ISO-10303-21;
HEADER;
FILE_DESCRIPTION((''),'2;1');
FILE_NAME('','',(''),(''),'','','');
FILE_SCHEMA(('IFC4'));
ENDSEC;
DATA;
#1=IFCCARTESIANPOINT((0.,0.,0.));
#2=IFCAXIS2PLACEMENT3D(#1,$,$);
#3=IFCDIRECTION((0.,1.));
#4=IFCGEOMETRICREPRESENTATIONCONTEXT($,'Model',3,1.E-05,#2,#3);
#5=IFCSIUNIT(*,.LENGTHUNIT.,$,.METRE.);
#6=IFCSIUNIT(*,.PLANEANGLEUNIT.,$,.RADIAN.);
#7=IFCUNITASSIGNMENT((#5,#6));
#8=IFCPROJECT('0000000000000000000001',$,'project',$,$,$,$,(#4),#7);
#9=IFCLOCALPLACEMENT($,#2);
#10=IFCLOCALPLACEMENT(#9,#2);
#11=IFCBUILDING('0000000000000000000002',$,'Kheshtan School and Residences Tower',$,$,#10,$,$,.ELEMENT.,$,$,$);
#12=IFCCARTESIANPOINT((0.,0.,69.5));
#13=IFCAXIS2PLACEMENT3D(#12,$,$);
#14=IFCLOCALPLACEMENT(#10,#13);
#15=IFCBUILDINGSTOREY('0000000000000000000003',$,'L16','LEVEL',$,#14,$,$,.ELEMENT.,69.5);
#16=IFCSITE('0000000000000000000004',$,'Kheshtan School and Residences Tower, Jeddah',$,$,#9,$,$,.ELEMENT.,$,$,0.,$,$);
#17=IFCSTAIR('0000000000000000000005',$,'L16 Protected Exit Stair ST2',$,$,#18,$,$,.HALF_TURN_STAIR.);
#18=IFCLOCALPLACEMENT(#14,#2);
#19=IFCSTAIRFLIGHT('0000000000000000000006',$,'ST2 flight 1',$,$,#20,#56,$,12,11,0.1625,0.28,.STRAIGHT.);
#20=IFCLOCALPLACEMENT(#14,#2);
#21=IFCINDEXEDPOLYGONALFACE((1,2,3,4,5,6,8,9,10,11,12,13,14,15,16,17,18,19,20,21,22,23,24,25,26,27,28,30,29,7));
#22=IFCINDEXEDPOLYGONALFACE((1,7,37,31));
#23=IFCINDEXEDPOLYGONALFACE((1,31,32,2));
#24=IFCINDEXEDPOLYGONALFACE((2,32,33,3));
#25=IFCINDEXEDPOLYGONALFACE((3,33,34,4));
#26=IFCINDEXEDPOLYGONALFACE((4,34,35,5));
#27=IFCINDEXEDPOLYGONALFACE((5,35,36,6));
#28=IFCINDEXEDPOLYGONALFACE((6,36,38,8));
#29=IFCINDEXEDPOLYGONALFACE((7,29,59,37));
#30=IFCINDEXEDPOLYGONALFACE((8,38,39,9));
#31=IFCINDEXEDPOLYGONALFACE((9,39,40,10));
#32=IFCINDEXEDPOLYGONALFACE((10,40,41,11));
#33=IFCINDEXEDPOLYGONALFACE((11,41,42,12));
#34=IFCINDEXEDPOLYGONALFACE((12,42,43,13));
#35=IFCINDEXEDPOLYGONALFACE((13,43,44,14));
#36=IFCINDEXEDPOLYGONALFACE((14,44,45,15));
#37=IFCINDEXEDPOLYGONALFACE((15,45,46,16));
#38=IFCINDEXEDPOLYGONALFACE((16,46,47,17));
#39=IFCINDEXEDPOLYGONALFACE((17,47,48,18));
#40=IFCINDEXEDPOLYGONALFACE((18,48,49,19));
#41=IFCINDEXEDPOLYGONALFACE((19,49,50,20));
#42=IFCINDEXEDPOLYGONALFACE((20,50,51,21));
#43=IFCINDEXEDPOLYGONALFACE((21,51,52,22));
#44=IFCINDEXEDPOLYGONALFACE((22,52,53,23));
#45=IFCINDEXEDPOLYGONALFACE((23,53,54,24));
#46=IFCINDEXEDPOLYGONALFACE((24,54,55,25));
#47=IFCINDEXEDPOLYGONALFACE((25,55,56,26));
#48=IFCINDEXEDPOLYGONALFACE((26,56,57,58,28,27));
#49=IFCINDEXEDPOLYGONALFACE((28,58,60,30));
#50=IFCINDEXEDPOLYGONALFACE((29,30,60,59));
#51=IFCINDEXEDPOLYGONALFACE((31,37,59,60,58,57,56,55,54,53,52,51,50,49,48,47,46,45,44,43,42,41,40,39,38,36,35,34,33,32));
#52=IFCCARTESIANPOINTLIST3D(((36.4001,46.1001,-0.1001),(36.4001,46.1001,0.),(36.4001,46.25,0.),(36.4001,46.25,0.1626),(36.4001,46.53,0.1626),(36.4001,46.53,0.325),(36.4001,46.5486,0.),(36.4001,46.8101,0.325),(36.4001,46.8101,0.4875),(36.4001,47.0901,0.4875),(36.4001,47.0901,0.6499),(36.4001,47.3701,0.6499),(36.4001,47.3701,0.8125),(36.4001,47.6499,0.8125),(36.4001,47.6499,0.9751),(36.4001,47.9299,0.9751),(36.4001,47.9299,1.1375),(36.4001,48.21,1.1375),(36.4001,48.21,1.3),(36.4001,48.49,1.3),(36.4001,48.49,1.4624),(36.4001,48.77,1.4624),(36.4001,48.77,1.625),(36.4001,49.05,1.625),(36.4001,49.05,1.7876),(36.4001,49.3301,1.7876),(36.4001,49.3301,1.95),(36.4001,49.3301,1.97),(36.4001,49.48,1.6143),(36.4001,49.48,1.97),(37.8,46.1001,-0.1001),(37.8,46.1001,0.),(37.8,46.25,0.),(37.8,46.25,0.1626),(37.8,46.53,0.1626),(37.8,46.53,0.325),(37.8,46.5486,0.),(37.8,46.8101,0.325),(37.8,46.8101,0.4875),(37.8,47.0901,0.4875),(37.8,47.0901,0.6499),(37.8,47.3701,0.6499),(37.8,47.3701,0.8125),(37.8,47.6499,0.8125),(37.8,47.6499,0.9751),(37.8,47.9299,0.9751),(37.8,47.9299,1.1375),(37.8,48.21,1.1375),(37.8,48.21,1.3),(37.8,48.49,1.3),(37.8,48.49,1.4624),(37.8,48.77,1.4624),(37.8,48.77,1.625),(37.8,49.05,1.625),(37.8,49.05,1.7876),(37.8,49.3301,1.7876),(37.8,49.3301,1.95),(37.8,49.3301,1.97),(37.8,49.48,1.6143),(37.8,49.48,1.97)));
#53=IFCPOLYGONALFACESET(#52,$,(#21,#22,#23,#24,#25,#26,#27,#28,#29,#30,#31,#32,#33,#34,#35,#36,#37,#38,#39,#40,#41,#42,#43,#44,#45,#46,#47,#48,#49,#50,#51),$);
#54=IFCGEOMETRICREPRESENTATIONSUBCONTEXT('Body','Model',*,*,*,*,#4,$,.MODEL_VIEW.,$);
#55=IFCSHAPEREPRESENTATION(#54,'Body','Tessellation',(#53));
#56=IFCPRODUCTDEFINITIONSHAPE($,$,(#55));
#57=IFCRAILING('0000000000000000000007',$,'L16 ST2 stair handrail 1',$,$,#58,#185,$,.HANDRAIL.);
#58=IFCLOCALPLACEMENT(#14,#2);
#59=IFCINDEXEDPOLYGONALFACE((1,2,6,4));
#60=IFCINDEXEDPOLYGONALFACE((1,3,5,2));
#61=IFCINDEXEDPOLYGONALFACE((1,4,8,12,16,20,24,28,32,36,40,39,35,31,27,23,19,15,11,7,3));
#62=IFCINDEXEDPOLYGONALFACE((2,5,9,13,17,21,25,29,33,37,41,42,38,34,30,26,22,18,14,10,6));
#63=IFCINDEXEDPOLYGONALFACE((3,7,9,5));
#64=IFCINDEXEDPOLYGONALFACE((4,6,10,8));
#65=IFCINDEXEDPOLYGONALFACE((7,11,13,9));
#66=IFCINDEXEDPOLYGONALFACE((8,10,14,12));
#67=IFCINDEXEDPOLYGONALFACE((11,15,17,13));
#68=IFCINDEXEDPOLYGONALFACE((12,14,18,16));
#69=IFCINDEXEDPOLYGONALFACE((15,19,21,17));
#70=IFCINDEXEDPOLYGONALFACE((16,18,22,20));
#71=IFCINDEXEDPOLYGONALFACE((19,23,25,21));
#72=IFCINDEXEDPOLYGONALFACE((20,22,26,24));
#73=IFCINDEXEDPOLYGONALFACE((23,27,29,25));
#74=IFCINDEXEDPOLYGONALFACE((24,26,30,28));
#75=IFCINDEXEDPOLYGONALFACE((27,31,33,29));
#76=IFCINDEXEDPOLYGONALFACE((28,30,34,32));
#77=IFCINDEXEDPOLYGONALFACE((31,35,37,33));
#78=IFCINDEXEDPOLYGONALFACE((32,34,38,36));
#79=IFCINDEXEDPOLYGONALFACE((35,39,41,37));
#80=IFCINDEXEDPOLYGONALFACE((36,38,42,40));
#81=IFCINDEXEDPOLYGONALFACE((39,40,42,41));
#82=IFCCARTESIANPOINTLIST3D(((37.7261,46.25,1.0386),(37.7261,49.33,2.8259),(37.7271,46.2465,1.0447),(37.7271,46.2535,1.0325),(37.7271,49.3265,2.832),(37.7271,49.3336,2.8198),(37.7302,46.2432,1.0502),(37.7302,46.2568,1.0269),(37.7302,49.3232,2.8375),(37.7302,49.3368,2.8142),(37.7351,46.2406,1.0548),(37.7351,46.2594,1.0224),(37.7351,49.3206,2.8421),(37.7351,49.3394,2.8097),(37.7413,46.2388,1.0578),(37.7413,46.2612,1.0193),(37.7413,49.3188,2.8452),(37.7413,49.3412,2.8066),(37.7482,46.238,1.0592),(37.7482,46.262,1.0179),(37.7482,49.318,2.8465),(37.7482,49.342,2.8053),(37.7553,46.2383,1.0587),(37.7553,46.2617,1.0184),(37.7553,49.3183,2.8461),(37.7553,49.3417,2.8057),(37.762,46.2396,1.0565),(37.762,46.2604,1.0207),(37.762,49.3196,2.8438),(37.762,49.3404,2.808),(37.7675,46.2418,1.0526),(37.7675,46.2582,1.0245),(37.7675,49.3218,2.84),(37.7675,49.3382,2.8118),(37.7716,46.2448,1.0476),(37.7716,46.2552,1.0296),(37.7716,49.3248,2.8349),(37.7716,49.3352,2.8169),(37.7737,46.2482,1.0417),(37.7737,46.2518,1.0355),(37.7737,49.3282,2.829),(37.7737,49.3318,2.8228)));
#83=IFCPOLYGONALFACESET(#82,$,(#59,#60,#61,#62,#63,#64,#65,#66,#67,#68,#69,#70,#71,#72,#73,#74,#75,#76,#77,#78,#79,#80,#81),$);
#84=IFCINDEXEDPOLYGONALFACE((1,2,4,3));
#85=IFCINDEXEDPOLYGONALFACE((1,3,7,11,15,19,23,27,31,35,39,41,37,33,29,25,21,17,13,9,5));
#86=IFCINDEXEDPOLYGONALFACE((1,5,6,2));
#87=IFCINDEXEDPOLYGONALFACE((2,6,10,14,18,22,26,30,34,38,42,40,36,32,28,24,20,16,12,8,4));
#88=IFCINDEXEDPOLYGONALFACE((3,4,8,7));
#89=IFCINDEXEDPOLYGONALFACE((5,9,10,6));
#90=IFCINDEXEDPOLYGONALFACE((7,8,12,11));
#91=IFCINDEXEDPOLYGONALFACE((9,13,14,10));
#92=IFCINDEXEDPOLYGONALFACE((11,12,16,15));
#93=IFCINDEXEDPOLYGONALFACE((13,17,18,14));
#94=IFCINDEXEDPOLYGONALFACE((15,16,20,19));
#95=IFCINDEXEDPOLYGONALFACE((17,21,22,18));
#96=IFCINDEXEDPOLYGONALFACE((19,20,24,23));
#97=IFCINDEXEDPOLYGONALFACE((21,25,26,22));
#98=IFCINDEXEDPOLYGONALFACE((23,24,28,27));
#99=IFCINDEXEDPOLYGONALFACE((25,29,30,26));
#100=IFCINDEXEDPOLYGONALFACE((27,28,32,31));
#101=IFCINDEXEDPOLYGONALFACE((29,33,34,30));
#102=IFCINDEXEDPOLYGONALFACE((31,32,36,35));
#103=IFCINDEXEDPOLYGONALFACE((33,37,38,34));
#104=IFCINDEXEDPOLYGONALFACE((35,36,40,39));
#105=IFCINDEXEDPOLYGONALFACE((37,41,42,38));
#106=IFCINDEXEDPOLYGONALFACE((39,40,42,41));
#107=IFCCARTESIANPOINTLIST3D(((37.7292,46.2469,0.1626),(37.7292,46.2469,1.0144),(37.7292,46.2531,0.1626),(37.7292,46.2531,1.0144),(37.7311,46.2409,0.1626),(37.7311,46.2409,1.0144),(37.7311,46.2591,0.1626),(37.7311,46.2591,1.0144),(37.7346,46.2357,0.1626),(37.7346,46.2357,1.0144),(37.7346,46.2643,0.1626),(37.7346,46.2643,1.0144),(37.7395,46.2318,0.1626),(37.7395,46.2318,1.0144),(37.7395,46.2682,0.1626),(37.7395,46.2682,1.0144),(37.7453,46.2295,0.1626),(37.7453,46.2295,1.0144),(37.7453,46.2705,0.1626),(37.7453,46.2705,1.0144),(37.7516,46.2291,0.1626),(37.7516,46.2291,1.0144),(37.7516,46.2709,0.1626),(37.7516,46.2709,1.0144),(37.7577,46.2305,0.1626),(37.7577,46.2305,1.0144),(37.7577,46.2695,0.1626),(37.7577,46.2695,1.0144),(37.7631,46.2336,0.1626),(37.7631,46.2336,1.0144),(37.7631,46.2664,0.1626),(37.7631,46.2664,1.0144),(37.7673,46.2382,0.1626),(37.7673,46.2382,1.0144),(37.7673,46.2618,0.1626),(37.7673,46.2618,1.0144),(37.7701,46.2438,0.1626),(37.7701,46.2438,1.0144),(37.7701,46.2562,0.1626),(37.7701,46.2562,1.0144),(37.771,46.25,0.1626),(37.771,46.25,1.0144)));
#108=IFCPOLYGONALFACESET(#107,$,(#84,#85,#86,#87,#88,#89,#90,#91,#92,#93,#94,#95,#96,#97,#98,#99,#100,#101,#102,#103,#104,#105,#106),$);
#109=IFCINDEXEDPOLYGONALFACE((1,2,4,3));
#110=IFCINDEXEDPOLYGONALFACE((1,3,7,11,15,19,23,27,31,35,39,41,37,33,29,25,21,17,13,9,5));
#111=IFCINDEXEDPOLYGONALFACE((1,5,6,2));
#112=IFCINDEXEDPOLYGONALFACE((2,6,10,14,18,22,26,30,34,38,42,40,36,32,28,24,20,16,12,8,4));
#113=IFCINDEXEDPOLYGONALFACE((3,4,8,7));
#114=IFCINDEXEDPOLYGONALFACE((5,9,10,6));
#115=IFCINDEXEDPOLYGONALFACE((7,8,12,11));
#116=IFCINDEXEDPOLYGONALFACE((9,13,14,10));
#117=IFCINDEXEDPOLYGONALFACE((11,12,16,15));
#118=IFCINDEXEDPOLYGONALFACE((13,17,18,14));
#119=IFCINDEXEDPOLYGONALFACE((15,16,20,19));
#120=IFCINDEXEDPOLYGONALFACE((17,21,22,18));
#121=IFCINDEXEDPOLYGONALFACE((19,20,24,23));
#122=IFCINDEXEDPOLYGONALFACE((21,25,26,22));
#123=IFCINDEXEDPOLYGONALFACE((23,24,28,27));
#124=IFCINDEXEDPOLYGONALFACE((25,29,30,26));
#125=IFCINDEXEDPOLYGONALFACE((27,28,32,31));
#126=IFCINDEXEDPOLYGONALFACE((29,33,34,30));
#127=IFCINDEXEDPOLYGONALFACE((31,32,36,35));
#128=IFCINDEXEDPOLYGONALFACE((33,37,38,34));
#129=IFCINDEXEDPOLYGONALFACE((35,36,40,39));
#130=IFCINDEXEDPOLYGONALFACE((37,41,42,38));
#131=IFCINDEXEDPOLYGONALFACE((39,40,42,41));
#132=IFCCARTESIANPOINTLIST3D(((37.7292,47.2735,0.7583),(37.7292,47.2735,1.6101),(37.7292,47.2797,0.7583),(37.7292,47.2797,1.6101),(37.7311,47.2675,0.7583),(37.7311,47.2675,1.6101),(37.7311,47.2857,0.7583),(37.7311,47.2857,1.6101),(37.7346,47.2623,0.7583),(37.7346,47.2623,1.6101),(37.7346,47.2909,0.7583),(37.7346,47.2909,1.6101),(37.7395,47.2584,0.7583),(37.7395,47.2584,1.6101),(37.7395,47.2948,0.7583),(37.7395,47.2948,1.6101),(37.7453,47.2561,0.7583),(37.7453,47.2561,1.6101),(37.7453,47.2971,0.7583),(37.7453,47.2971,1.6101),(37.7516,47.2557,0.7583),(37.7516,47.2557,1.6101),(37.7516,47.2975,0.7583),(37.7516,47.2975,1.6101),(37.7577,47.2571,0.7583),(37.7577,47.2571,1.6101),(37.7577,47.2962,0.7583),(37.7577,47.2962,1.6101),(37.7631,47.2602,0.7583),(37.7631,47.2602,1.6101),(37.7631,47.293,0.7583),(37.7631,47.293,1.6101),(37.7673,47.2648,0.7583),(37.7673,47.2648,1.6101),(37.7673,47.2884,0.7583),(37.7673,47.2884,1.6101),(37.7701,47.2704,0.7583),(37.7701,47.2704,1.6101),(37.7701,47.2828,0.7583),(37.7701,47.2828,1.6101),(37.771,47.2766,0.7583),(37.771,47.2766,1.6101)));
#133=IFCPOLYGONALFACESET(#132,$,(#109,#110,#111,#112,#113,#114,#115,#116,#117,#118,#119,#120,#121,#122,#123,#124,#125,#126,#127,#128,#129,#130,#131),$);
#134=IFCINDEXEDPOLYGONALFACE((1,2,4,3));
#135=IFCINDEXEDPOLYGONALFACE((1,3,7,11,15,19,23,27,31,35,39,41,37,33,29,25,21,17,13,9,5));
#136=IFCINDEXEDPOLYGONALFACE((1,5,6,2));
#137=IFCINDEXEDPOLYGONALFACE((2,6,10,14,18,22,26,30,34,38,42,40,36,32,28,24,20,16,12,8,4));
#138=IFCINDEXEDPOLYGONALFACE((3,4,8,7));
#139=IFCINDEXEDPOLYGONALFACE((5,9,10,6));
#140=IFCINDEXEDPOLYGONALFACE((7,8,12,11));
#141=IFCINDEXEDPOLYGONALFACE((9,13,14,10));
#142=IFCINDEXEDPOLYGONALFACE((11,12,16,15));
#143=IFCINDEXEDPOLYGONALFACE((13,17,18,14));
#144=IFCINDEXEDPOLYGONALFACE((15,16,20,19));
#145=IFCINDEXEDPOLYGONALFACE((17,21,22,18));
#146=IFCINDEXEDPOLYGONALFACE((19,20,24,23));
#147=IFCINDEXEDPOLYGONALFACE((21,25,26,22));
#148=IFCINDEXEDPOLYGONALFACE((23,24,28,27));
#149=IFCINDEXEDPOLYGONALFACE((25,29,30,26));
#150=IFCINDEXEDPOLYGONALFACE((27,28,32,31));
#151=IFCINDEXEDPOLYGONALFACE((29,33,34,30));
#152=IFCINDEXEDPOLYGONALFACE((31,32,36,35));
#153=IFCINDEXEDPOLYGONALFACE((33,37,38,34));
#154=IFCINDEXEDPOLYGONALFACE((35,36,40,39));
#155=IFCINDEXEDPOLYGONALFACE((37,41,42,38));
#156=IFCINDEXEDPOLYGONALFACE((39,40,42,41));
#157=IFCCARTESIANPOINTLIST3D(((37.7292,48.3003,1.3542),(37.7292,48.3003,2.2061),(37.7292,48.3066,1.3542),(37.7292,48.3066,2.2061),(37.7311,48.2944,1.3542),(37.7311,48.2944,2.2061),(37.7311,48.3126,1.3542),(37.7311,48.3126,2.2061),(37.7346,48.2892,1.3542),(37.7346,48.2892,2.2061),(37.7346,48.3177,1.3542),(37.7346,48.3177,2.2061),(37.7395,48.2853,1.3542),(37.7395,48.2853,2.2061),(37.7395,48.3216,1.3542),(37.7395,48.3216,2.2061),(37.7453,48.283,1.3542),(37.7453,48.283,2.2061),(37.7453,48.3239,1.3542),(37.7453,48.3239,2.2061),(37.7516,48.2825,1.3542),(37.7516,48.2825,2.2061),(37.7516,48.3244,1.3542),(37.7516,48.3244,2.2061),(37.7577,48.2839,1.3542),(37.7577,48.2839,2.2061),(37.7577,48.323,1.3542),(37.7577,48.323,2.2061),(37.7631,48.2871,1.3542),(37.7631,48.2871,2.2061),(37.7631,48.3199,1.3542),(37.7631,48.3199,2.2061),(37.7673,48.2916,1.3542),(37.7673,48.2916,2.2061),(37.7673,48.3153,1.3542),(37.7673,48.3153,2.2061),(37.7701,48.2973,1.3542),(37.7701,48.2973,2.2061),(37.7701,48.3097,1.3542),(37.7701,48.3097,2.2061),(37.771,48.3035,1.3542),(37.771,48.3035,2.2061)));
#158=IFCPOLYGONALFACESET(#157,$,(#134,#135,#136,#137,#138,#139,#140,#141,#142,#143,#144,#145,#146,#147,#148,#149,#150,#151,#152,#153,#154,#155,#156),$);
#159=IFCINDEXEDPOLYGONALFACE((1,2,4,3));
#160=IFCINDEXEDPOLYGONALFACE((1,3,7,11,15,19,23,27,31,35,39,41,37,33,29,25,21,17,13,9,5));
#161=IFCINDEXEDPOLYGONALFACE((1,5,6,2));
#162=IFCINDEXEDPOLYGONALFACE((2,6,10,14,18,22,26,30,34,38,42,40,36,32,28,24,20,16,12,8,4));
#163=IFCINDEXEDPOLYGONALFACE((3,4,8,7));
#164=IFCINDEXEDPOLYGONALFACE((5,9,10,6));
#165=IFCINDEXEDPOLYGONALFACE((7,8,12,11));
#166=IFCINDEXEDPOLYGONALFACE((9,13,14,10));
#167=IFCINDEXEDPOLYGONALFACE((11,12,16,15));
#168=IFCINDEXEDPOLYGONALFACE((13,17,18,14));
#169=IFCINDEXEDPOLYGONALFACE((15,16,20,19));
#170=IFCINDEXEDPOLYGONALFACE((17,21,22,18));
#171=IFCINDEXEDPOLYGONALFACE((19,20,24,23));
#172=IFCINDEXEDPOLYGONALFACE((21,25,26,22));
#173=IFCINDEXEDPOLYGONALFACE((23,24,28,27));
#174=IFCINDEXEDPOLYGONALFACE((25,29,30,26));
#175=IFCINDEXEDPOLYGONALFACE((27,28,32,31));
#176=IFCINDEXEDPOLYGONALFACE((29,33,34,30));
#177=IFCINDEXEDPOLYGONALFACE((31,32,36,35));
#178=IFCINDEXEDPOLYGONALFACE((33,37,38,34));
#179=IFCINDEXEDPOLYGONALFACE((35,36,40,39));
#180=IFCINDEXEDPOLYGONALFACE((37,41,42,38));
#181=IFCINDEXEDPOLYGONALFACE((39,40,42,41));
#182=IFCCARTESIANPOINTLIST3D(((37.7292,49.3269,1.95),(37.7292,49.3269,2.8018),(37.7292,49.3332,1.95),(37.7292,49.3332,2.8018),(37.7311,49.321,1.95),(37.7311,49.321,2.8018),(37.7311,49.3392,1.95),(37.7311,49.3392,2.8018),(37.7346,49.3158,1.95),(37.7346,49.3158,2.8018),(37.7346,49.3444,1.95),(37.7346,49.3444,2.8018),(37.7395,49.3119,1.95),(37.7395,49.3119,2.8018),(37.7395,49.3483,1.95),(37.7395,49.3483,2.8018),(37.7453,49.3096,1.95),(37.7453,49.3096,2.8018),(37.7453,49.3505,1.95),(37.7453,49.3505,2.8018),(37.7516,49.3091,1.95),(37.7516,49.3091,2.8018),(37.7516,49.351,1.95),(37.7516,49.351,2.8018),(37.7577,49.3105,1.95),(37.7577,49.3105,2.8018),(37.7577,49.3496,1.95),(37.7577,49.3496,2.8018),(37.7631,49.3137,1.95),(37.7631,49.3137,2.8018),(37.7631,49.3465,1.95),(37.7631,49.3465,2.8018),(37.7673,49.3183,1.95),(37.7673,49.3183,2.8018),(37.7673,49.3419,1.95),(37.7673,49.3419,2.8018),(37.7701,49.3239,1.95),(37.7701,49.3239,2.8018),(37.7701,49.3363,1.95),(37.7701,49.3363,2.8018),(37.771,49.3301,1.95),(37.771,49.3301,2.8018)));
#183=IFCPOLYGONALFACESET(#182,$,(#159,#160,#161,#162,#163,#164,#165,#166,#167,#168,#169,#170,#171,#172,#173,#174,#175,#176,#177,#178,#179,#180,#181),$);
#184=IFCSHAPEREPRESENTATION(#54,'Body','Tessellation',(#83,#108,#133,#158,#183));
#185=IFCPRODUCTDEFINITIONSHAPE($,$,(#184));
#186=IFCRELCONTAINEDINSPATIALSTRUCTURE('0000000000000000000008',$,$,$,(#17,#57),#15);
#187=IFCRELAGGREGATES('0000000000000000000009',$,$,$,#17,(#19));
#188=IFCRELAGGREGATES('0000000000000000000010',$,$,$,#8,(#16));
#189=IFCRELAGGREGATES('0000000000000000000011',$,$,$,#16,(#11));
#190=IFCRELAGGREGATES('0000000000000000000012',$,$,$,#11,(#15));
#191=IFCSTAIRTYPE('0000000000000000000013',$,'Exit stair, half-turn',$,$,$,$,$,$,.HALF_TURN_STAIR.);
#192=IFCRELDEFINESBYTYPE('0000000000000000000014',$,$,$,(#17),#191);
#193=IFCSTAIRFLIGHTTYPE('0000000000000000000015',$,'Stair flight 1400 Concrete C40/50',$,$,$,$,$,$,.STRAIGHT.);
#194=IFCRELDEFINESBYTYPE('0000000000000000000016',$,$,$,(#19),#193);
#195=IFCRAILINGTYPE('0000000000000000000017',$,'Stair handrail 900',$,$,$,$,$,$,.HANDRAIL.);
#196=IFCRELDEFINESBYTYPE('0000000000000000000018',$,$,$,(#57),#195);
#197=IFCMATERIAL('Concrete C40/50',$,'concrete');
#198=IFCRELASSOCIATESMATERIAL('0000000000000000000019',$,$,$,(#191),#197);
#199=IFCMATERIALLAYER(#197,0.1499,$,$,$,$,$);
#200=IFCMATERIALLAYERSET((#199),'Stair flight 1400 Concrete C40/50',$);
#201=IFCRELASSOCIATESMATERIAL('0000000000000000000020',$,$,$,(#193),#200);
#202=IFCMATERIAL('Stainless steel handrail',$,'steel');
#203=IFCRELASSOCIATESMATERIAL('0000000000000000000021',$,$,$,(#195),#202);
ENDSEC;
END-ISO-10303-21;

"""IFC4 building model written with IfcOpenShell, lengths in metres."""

from ifc_helpers import new_model, si_unit, direction, frame, origin, origin_2d, place, context, subcontext, project, spatial, polyline, circle, outline, extrude, material, layer, layer_set, type_object, element, aggregate, save


model = new_model("IFC4")

# Units and contexts
model_context = context("Model", 3, precision=1e-05, world=origin(), true_north=direction((0.0, 1.0)))
body_context = subcontext(model_context, "Body", "Model", "MODEL_VIEW")
ifc_project = project(units=[si_unit("LENGTHUNIT", "METRE"), si_unit("PLANEANGLEUNIT", "RADIAN")], contexts=[model_context])

# Site, building, storey
site_placement = place(None, origin())
site = spatial("IfcSite", under=ifc_project, at=site_placement, Name="Kheshtan School and Residences Tower, Jeddah", CompositionType="ELEMENT", RefElevation=0.0)
building_placement = place(site_placement, origin())
building = spatial("IfcBuilding", under=site, at=building_placement, Name="Kheshtan School and Residences Tower", CompositionType="ELEMENT")
storey_placement = place(building_placement, frame((0.0, 0.0, 69.5)))
storey = spatial("IfcBuildingStorey", under=building, at=storey_placement, Name="L16", Description="LEVEL", CompositionType="ELEMENT", Elevation=69.5)

# Stair, stair flight
ifc_material_1 = material(Name="Concrete C40/50", Category="concrete")
stair_type = type_object("IfcStairType", Name="Exit stair, half-turn", PredefinedType="HALF_TURN_STAIR", material=ifc_material_1)
stair_placement = place(storey_placement, origin())
stair = element("IfcStair", 1, at=stair_placement, inside=storey, type_object=stair_type, Name="L16 Protected Exit Stair ST2", PredefinedType="HALF_TURN_STAIR")
ifc_layer_1 = layer(ifc_material_1, 0.1499)
ifc_layer_set_1 = layer_set([ifc_layer_1], Name="Stair flight 1400 Concrete C40/50")
stair_flight_type = type_object("IfcStairFlightType", Name="Stair flight 1400 Concrete C40/50", PredefinedType="STRAIGHT", material=ifc_layer_set_1)
stair_flight_placement = place(storey_placement, frame((37.1001, 46.25, 0.0), z_axis=(0.0, 0.0, 1.0), x_axis=(0.0, 1.0, 0.0)))
stair_flight = element("IfcStairFlight", 2, at=stair_flight_placement, type_object=stair_flight_type, Name="ST2 flight 1", NumberOfRisers=12, NumberOfTreads=11, PredefinedType="STRAIGHT", RiserHeight=0.1625, TreadLength=0.28, context=body_context, shape_type="SweptSolid", body=[
    extrude(outline(polyline([(-0.1499, -0.1001), (-0.1499, 0.0), (0.0, 0.0), (0.0, 0.1626), (0.28, 0.1626), (0.28, 0.325), (0.5601, 0.325), (0.5601, 0.4875), (0.8401, 0.4875), (0.8401, 0.6499), (1.1201, 0.6499), (1.1201, 0.8125), (1.3999, 0.8125), (1.3999, 0.9751), (1.6799, 0.9751), (1.6799, 1.1375), (1.96, 1.1375), (1.96, 1.3), (2.24, 1.3), (2.24, 1.4624), (2.52, 1.4624), (2.52, 1.625), (2.8, 1.625), (2.8, 1.7876), (3.0801, 1.7876), (3.0801, 1.95), (3.0801, 1.97), (3.23, 1.97), (3.23, 1.6143), (0.2986, 0.0), (-0.1499, -0.1001)])), frame((0.0, 0.7, 0.0), z_axis=(0.0, -1.0, 0.0), x_axis=(1.0, 0.0, 0.0)), (0.0, 0.0, 1.0), 1.3999),
])
aggregate(stair, [stair_flight])

# Railing
ifc_material_2 = material(Name="Stainless steel handrail", Category="steel")
railing_type = type_object("IfcRailingType", Name="Stair handrail 900", PredefinedType="HANDRAIL", material=ifc_material_2)
railing_placement = place(storey_placement, frame((37.75, 46.25, 0.1626)))
element("IfcRailing", 3, at=railing_placement, inside=storey, type_object=railing_type, Name="L16 ST2 stair handrail 1", PredefinedType="HANDRAIL", context=body_context, shape_type="SweptSolid", body=[
    extrude(circle(Radius=0.0239, at=origin_2d()), frame((0.0, 0.0, 0.876), z_axis=(0.0, 0.86492, 0.501909), x_axis=(-1.0, 0.0, 0.0)), (0.0, 0.0, 1.0), 3.561),
    extrude(circle(Radius=0.021, at=origin_2d()), origin(), (0.0, 0.0, 1.0), 0.8518),
    extrude(circle(Radius=0.021, at=origin_2d()), frame((0.0, 1.0266, 0.5957)), (0.0, 0.0, 1.0), 0.8518),
    extrude(circle(Radius=0.021, at=origin_2d()), frame((0.0, 2.0535, 1.1917)), (0.0, 0.0, 1.0), 0.8518),
    extrude(circle(Radius=0.021, at=origin_2d()), frame((0.0, 3.0801, 1.7874)), (0.0, 0.0, 1.0), 0.8518),
])

save(model, "model.ifc")
